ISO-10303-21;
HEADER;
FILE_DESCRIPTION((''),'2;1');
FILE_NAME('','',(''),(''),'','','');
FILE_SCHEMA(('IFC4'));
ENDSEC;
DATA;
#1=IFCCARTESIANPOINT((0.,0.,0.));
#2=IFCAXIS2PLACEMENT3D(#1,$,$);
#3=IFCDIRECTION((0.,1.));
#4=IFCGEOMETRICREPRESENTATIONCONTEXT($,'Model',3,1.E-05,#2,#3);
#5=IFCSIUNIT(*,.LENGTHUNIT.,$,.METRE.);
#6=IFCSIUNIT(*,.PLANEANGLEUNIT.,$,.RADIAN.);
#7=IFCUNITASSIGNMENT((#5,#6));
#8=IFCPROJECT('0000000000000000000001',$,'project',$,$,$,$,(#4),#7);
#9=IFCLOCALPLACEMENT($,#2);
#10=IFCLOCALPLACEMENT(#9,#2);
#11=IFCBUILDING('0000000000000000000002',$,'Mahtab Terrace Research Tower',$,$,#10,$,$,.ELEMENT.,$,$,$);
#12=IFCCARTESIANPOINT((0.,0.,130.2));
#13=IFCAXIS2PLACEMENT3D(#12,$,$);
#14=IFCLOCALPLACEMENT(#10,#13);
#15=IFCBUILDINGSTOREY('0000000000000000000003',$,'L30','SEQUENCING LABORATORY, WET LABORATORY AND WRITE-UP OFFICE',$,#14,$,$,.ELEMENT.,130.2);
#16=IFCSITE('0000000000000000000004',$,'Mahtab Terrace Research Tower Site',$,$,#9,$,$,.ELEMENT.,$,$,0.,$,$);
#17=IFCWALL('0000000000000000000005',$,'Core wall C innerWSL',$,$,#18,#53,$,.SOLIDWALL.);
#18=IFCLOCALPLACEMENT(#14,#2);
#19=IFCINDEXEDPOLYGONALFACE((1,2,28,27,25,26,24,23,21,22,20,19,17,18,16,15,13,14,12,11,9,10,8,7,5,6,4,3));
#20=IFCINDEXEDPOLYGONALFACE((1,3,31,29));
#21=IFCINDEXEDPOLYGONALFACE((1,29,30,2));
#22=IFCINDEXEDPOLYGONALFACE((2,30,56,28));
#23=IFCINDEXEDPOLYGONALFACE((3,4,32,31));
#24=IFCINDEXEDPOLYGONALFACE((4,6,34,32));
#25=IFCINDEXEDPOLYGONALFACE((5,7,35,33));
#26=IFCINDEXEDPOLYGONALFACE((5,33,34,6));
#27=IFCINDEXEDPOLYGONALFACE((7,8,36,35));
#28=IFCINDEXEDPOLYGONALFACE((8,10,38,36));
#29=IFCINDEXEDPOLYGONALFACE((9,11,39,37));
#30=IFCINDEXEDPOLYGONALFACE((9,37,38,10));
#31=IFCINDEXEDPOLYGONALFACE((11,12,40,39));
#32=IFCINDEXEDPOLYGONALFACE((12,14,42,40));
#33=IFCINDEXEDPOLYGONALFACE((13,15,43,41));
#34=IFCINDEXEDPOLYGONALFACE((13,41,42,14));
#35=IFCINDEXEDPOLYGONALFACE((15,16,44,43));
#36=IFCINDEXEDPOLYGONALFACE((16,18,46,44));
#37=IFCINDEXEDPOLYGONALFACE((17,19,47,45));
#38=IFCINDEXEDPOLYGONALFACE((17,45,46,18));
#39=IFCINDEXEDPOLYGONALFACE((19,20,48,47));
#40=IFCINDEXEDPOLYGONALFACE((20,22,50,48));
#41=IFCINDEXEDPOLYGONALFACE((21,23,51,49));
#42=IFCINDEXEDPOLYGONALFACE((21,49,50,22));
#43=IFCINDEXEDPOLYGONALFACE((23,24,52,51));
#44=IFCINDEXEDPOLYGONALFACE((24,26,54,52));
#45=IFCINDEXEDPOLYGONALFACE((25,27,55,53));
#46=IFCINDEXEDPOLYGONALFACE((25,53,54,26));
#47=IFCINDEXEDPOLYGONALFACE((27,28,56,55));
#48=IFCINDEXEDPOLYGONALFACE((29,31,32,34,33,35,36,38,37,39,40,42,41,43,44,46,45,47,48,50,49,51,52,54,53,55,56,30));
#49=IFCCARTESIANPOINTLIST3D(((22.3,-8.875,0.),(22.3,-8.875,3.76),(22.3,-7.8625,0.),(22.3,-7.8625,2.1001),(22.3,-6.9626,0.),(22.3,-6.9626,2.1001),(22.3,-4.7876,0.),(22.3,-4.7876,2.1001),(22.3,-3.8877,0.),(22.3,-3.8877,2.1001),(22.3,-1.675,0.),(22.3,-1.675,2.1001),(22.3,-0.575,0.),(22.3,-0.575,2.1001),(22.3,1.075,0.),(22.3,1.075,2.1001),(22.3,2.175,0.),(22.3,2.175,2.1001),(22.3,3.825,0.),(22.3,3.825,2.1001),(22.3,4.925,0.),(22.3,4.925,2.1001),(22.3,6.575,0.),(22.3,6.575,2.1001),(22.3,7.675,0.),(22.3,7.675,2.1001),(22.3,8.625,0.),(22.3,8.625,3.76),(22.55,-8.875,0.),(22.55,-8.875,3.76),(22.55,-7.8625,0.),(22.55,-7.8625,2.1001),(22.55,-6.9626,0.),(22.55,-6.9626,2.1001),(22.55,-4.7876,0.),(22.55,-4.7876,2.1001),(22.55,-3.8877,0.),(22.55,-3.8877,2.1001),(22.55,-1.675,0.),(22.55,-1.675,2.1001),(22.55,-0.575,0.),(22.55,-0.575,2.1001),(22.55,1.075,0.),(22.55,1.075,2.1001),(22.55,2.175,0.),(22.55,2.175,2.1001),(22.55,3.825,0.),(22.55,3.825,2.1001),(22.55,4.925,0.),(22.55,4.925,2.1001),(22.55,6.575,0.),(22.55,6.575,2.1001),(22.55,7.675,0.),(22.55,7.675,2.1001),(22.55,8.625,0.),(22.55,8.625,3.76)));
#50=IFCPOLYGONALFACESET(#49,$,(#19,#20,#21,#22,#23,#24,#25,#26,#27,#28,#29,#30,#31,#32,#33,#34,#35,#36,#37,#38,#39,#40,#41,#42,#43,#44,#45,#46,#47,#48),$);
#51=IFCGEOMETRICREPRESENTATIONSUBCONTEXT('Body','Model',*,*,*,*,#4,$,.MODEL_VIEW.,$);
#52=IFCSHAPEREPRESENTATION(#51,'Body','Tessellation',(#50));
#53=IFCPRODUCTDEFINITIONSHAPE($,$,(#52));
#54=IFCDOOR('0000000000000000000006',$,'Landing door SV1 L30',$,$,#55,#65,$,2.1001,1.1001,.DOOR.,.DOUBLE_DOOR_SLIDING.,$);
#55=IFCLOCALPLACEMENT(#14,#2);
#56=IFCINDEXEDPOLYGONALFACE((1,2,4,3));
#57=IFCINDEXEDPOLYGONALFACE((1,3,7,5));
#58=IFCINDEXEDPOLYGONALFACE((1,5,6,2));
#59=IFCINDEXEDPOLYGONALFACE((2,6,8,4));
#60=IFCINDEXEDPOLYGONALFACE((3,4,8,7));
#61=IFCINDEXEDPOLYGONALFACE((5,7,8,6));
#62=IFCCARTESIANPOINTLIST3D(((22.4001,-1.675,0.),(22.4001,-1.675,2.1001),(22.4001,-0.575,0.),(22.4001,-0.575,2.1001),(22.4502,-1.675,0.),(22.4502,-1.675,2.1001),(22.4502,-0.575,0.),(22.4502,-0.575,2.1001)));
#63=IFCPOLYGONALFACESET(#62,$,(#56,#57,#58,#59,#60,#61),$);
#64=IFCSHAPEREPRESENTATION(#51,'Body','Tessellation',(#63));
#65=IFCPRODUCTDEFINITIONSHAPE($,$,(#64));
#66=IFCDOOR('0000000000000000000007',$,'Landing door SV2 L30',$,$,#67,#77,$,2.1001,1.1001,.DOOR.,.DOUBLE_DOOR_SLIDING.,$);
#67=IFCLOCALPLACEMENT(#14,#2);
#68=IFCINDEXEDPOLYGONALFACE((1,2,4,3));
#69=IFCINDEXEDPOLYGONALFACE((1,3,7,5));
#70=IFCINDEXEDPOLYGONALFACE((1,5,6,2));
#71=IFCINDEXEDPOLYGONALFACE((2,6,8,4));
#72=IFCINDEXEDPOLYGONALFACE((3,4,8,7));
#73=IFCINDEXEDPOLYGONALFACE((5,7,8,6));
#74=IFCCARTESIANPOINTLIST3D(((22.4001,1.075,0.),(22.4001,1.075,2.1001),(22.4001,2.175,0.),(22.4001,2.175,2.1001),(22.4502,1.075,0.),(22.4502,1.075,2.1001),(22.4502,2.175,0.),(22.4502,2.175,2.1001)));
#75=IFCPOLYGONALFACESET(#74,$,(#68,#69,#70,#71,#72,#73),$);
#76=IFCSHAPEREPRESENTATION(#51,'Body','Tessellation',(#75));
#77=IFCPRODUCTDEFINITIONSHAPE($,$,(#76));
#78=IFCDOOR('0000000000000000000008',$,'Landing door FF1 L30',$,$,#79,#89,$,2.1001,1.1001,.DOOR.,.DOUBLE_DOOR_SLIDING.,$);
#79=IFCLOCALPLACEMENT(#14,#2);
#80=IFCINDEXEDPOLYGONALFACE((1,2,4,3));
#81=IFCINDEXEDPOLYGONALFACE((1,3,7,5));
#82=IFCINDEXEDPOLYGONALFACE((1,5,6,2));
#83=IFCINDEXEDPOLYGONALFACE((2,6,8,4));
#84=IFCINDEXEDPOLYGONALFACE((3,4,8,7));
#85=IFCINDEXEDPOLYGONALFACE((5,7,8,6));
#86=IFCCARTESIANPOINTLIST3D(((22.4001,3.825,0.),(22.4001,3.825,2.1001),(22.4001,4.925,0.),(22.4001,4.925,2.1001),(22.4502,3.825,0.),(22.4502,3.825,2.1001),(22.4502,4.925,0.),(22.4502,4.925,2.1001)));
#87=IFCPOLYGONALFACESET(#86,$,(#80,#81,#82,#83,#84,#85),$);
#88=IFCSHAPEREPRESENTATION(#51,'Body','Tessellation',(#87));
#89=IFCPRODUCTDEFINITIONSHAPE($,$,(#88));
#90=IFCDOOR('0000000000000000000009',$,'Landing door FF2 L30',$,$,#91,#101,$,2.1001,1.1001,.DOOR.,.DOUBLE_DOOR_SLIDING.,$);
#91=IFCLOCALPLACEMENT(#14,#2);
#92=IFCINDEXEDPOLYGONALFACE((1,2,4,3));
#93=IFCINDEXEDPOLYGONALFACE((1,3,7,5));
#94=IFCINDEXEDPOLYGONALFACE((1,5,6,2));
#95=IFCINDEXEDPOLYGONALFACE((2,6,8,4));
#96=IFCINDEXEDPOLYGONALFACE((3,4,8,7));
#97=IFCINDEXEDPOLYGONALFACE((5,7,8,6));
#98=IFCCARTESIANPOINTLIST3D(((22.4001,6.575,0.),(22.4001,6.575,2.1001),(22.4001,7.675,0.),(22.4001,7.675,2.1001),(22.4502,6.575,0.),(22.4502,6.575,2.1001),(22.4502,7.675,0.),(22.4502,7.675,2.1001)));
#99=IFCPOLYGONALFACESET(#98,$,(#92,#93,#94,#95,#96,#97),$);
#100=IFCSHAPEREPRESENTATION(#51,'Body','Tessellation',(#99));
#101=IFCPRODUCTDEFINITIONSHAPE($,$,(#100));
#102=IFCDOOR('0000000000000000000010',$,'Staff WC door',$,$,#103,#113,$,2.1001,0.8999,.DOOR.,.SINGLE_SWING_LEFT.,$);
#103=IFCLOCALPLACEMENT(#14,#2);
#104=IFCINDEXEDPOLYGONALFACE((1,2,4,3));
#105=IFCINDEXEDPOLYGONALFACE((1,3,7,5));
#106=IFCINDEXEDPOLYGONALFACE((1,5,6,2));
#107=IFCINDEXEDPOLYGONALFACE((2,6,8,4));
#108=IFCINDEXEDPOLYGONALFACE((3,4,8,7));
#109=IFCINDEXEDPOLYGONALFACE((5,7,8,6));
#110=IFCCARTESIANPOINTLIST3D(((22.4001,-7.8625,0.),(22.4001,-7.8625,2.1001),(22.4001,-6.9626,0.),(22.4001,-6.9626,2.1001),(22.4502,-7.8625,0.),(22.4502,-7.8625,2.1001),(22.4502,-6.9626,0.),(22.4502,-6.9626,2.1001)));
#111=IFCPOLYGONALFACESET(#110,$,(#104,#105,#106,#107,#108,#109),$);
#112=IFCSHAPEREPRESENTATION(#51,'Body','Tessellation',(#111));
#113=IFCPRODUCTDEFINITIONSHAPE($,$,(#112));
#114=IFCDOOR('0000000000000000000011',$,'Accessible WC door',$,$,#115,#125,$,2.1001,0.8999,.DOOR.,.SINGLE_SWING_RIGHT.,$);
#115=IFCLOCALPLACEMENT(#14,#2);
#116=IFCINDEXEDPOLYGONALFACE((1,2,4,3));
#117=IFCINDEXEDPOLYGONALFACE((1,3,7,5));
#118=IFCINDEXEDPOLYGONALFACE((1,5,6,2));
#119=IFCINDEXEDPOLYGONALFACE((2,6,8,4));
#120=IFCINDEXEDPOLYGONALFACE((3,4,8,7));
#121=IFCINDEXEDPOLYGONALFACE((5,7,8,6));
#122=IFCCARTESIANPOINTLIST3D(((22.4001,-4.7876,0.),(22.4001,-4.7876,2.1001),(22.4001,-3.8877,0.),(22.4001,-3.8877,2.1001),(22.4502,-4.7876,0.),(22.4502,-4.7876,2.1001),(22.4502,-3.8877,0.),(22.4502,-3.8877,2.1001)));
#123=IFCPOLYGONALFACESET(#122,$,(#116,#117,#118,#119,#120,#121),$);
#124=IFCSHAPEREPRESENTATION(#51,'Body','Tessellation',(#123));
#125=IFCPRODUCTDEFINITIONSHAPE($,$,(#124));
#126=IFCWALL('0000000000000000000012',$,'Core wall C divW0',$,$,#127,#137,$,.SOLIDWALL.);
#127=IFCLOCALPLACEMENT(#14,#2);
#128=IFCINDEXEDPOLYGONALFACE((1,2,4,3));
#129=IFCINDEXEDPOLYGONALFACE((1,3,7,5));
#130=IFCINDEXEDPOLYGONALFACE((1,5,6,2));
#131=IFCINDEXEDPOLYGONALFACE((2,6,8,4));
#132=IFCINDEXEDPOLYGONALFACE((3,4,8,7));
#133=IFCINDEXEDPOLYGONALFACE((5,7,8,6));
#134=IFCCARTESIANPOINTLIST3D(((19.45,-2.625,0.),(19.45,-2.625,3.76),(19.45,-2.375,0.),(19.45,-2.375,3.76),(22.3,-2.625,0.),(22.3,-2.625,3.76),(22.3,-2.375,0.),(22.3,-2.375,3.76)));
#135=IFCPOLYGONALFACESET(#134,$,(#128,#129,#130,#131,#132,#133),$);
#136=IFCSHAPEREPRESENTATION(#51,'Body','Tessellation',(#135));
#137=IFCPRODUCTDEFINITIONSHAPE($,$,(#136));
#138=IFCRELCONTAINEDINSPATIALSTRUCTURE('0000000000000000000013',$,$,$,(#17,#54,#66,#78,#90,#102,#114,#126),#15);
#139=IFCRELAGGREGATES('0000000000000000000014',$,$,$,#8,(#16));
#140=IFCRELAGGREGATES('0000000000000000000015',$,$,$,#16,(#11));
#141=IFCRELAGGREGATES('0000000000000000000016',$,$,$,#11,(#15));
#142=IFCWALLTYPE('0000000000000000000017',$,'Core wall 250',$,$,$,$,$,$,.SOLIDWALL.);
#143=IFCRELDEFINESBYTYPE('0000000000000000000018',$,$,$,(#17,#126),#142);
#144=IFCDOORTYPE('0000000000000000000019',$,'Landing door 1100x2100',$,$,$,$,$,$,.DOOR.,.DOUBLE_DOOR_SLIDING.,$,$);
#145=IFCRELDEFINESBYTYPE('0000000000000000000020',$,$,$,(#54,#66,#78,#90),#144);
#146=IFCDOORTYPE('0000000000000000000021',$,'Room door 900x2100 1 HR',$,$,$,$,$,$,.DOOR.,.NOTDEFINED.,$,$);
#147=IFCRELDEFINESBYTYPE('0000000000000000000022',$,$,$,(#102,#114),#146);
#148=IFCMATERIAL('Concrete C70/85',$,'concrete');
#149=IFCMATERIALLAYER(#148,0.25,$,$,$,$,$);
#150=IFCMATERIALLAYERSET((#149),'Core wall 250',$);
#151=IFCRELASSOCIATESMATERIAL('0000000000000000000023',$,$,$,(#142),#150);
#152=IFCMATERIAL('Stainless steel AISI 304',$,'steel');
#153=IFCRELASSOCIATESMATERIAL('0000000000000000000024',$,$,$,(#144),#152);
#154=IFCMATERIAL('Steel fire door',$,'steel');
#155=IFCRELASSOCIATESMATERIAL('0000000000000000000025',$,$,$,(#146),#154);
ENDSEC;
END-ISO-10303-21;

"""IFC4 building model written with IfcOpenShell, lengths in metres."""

from ifc_helpers import new_model, si_unit, direction, frame, frame_2d, origin, place, context, subcontext, project, spatial, rectangle, extrude, material, layer, layer_set, type_object, element, fill, save


model = new_model("IFC4")

# Units and contexts
model_context = context("Model", 3, precision=1e-05, world=origin(), true_north=direction((0.0, 1.0)))
body_context = subcontext(model_context, "Body", "Model", "MODEL_VIEW")
ifc_project = project(units=[si_unit("LENGTHUNIT", "METRE"), si_unit("PLANEANGLEUNIT", "RADIAN")], contexts=[model_context])

# Site, building, storey
site_placement = place(None, origin())
site = spatial("IfcSite", under=ifc_project, at=site_placement, Name="Mahtab Terrace Research Tower Site", CompositionType="ELEMENT", RefElevation=0.0)
building_placement = place(site_placement, origin())
building = spatial("IfcBuilding", under=site, at=building_placement, Name="Mahtab Terrace Research Tower", CompositionType="ELEMENT")
storey_placement = place(building_placement, frame((0.0, 0.0, 130.2)))
storey = spatial("IfcBuildingStorey", under=building, at=storey_placement, Name="L30", Description="SEQUENCING LABORATORY, WET LABORATORY AND WRITE-UP OFFICE", CompositionType="ELEMENT", Elevation=130.2)

# Shared definitions
ifc_material_1 = material(Name="Concrete C70/85", Category="concrete")

# Wall, openings, doors
ifc_layer_1 = layer(ifc_material_1, 0.25)
ifc_layer_set_1 = layer_set([ifc_layer_1], Name="Core wall 250")
wall_type_1 = type_object("IfcWallType", Name="Core wall 250", PredefinedType="SOLIDWALL", material=ifc_layer_set_1)
wall_1_placement = place(storey_placement, frame((22.425, -8.875, 0.0), z_axis=(0.0, 0.0, 1.0), x_axis=(0.0, 1.0, 0.0)))
wall_1 = element("IfcWall", 1, at=wall_1_placement, inside=storey, type_object=wall_type_1, Name="Core wall C innerWSL", PredefinedType="SOLIDWALL", context=body_context, shape_type="SweptSolid", body=[
    extrude(rectangle(XDim=17.5, YDim=0.25, at=frame_2d((8.75, 0.0))), origin(), (0.0, 0.0, 1.0), 3.76),
])
opening_1_placement = place(wall_1_placement, frame((7.2, 0.0, 0.0)))
opening_1 = element("IfcOpeningElement", 2, at=opening_1_placement, cuts=wall_1, PredefinedType="OPENING", context=body_context, shape_type="SweptSolid", body=[
    extrude(rectangle(XDim=1.1001, YDim=2.1001, at=frame_2d((0.55, 1.05))), frame((0.0, 0.135, 0.0), z_axis=(0.0, -1.0, 0.0), x_axis=(1.0, 0.0, 0.0)), (0.0, 0.0, 1.0), 0.27),
])
opening_2_placement = place(wall_1_placement, frame((9.95, 0.0, 0.0)))
opening_2 = element("IfcOpeningElement", 3, at=opening_2_placement, cuts=wall_1, PredefinedType="OPENING", context=body_context, shape_type="SweptSolid", body=[
    extrude(rectangle(XDim=1.1001, YDim=2.1001, at=frame_2d((0.55, 1.05))), frame((0.0, 0.135, 0.0), z_axis=(0.0, -1.0, 0.0), x_axis=(1.0, 0.0, 0.0)), (0.0, 0.0, 1.0), 0.27),
])
opening_3_placement = place(wall_1_placement, frame((12.7, 0.0, 0.0)))
opening_3 = element("IfcOpeningElement", 4, at=opening_3_placement, cuts=wall_1, PredefinedType="OPENING", context=body_context, shape_type="SweptSolid", body=[
    extrude(rectangle(XDim=1.1001, YDim=2.1001, at=frame_2d((0.55, 1.05))), frame((0.0, 0.135, 0.0), z_axis=(0.0, -1.0, 0.0), x_axis=(1.0, 0.0, 0.0)), (0.0, 0.0, 1.0), 0.27),
])
opening_4_placement = place(wall_1_placement, frame((15.45, 0.0, 0.0)))
opening_4 = element("IfcOpeningElement", 5, at=opening_4_placement, cuts=wall_1, PredefinedType="OPENING", context=body_context, shape_type="SweptSolid", body=[
    extrude(rectangle(XDim=1.1001, YDim=2.1001, at=frame_2d((0.55, 1.05))), frame((0.0, 0.135, 0.0), z_axis=(0.0, -1.0, 0.0), x_axis=(1.0, 0.0, 0.0)), (0.0, 0.0, 1.0), 0.27),
])
opening_5_placement = place(wall_1_placement, frame((1.0125, 0.0, 0.0)))
opening_5 = element("IfcOpeningElement", 6, at=opening_5_placement, cuts=wall_1, PredefinedType="OPENING", context=body_context, shape_type="SweptSolid", body=[
    extrude(rectangle(XDim=0.8999, YDim=2.1001, at=frame_2d((0.45, 1.05))), frame((0.0, 0.135, 0.0), z_axis=(0.0, -1.0, 0.0), x_axis=(1.0, 0.0, 0.0)), (0.0, 0.0, 1.0), 0.27),
])
opening_6_placement = place(wall_1_placement, frame((4.0874, 0.0, 0.0)))
opening_6 = element("IfcOpeningElement", 7, at=opening_6_placement, cuts=wall_1, PredefinedType="OPENING", context=body_context, shape_type="SweptSolid", body=[
    extrude(rectangle(XDim=0.8999, YDim=2.1001, at=frame_2d((0.45, 1.05))), frame((0.0, 0.135, 0.0), z_axis=(0.0, -1.0, 0.0), x_axis=(1.0, 0.0, 0.0)), (0.0, 0.0, 1.0), 0.27),
])
ifc_material_2 = material(Name="Stainless steel AISI 304", Category="steel")
door_type_1 = type_object("IfcDoorType", Name="Landing door 1100x2100", OperationType="DOUBLE_DOOR_SLIDING", PredefinedType="DOOR", material=ifc_material_2)
door_1_placement = place(opening_1_placement, origin())
door_1 = element("IfcDoor", 8, at=door_1_placement, inside=storey, type_object=door_type_1, Name="Landing door SV1 L30", OperationType="DOUBLE_DOOR_SLIDING", OverallHeight=2.1001, OverallWidth=1.1001, PredefinedType="DOOR", context=body_context, shape_type="SweptSolid", body=[
    extrude(rectangle(XDim=1.1001, YDim=2.1001, at=frame_2d((0.55, 1.05))), frame((0.0, 0.0249, 0.0), z_axis=(0.0, -1.0, 0.0), x_axis=(1.0, 0.0, 0.0)), (0.0, 0.0, 1.0), 0.05),
])
fill(opening_1, door_1)
door_2_placement = place(opening_2_placement, origin())
door_2 = element("IfcDoor", 9, at=door_2_placement, inside=storey, type_object=door_type_1, Name="Landing door SV2 L30", OperationType="DOUBLE_DOOR_SLIDING", OverallHeight=2.1001, OverallWidth=1.1001, PredefinedType="DOOR", context=body_context, shape_type="SweptSolid", body=[
    extrude(rectangle(XDim=1.1001, YDim=2.1001, at=frame_2d((0.55, 1.05))), frame((0.0, 0.0249, 0.0), z_axis=(0.0, -1.0, 0.0), x_axis=(1.0, 0.0, 0.0)), (0.0, 0.0, 1.0), 0.05),
])
fill(opening_2, door_2)
door_3_placement = place(opening_3_placement, origin())
door_3 = element("IfcDoor", 10, at=door_3_placement, inside=storey, type_object=door_type_1, Name="Landing door FF1 L30", OperationType="DOUBLE_DOOR_SLIDING", OverallHeight=2.1001, OverallWidth=1.1001, PredefinedType="DOOR", context=body_context, shape_type="SweptSolid", body=[
    extrude(rectangle(XDim=1.1001, YDim=2.1001, at=frame_2d((0.55, 1.05))), frame((0.0, 0.0249, 0.0), z_axis=(0.0, -1.0, 0.0), x_axis=(1.0, 0.0, 0.0)), (0.0, 0.0, 1.0), 0.05),
])
fill(opening_3, door_3)
door_4_placement = place(opening_4_placement, origin())
door_4 = element("IfcDoor", 11, at=door_4_placement, inside=storey, type_object=door_type_1, Name="Landing door FF2 L30", OperationType="DOUBLE_DOOR_SLIDING", OverallHeight=2.1001, OverallWidth=1.1001, PredefinedType="DOOR", context=body_context, shape_type="SweptSolid", body=[
    extrude(rectangle(XDim=1.1001, YDim=2.1001, at=frame_2d((0.55, 1.05))), frame((0.0, 0.0249, 0.0), z_axis=(0.0, -1.0, 0.0), x_axis=(1.0, 0.0, 0.0)), (0.0, 0.0, 1.0), 0.05),
])
fill(opening_4, door_4)
ifc_material_3 = material(Name="Steel fire door", Category="steel")
door_type_2 = type_object("IfcDoorType", Name="Room door 900x2100 1 HR", OperationType="NOTDEFINED", PredefinedType="DOOR", material=ifc_material_3)
door_5_placement = place(opening_5_placement, origin())
door_5 = element("IfcDoor", 12, at=door_5_placement, inside=storey, type_object=door_type_2, Name="Staff WC door", OperationType="SINGLE_SWING_LEFT", OverallHeight=2.1001, OverallWidth=0.8999, PredefinedType="DOOR", context=body_context, shape_type="SweptSolid", body=[
    extrude(rectangle(XDim=0.8999, YDim=2.1001, at=frame_2d((0.45, 1.05))), frame((0.0, 0.0249, 0.0), z_axis=(0.0, -1.0, 0.0), x_axis=(1.0, 0.0, 0.0)), (0.0, 0.0, 1.0), 0.05),
])
fill(opening_5, door_5)
door_6_placement = place(opening_6_placement, origin())
door_6 = element("IfcDoor", 13, at=door_6_placement, inside=storey, type_object=door_type_2, Name="Accessible WC door", OperationType="SINGLE_SWING_RIGHT", OverallHeight=2.1001, OverallWidth=0.8999, PredefinedType="DOOR", context=body_context, shape_type="SweptSolid", body=[
    extrude(rectangle(XDim=0.8999, YDim=2.1001, at=frame_2d((0.45, 1.05))), frame((0.0, 0.0249, 0.0), z_axis=(0.0, -1.0, 0.0), x_axis=(1.0, 0.0, 0.0)), (0.0, 0.0, 1.0), 0.05),
])
fill(opening_6, door_6)

# Wall
wall_2_placement = place(storey_placement, frame((19.45, -2.5, 0.0), z_axis=(0.0, 0.0, 1.0), x_axis=(1.0, 0.0, 0.0)))
element("IfcWall", 14, at=wall_2_placement, inside=storey, type_object=wall_type_1, Name="Core wall C divW0", PredefinedType="SOLIDWALL", context=body_context, shape_type="SweptSolid", body=[
    extrude(rectangle(XDim=2.8501, YDim=0.25, at=frame_2d((1.425, 0.0))), origin(), (0.0, 0.0, 1.0), 3.76),
])

save(model, "model.ifc")
